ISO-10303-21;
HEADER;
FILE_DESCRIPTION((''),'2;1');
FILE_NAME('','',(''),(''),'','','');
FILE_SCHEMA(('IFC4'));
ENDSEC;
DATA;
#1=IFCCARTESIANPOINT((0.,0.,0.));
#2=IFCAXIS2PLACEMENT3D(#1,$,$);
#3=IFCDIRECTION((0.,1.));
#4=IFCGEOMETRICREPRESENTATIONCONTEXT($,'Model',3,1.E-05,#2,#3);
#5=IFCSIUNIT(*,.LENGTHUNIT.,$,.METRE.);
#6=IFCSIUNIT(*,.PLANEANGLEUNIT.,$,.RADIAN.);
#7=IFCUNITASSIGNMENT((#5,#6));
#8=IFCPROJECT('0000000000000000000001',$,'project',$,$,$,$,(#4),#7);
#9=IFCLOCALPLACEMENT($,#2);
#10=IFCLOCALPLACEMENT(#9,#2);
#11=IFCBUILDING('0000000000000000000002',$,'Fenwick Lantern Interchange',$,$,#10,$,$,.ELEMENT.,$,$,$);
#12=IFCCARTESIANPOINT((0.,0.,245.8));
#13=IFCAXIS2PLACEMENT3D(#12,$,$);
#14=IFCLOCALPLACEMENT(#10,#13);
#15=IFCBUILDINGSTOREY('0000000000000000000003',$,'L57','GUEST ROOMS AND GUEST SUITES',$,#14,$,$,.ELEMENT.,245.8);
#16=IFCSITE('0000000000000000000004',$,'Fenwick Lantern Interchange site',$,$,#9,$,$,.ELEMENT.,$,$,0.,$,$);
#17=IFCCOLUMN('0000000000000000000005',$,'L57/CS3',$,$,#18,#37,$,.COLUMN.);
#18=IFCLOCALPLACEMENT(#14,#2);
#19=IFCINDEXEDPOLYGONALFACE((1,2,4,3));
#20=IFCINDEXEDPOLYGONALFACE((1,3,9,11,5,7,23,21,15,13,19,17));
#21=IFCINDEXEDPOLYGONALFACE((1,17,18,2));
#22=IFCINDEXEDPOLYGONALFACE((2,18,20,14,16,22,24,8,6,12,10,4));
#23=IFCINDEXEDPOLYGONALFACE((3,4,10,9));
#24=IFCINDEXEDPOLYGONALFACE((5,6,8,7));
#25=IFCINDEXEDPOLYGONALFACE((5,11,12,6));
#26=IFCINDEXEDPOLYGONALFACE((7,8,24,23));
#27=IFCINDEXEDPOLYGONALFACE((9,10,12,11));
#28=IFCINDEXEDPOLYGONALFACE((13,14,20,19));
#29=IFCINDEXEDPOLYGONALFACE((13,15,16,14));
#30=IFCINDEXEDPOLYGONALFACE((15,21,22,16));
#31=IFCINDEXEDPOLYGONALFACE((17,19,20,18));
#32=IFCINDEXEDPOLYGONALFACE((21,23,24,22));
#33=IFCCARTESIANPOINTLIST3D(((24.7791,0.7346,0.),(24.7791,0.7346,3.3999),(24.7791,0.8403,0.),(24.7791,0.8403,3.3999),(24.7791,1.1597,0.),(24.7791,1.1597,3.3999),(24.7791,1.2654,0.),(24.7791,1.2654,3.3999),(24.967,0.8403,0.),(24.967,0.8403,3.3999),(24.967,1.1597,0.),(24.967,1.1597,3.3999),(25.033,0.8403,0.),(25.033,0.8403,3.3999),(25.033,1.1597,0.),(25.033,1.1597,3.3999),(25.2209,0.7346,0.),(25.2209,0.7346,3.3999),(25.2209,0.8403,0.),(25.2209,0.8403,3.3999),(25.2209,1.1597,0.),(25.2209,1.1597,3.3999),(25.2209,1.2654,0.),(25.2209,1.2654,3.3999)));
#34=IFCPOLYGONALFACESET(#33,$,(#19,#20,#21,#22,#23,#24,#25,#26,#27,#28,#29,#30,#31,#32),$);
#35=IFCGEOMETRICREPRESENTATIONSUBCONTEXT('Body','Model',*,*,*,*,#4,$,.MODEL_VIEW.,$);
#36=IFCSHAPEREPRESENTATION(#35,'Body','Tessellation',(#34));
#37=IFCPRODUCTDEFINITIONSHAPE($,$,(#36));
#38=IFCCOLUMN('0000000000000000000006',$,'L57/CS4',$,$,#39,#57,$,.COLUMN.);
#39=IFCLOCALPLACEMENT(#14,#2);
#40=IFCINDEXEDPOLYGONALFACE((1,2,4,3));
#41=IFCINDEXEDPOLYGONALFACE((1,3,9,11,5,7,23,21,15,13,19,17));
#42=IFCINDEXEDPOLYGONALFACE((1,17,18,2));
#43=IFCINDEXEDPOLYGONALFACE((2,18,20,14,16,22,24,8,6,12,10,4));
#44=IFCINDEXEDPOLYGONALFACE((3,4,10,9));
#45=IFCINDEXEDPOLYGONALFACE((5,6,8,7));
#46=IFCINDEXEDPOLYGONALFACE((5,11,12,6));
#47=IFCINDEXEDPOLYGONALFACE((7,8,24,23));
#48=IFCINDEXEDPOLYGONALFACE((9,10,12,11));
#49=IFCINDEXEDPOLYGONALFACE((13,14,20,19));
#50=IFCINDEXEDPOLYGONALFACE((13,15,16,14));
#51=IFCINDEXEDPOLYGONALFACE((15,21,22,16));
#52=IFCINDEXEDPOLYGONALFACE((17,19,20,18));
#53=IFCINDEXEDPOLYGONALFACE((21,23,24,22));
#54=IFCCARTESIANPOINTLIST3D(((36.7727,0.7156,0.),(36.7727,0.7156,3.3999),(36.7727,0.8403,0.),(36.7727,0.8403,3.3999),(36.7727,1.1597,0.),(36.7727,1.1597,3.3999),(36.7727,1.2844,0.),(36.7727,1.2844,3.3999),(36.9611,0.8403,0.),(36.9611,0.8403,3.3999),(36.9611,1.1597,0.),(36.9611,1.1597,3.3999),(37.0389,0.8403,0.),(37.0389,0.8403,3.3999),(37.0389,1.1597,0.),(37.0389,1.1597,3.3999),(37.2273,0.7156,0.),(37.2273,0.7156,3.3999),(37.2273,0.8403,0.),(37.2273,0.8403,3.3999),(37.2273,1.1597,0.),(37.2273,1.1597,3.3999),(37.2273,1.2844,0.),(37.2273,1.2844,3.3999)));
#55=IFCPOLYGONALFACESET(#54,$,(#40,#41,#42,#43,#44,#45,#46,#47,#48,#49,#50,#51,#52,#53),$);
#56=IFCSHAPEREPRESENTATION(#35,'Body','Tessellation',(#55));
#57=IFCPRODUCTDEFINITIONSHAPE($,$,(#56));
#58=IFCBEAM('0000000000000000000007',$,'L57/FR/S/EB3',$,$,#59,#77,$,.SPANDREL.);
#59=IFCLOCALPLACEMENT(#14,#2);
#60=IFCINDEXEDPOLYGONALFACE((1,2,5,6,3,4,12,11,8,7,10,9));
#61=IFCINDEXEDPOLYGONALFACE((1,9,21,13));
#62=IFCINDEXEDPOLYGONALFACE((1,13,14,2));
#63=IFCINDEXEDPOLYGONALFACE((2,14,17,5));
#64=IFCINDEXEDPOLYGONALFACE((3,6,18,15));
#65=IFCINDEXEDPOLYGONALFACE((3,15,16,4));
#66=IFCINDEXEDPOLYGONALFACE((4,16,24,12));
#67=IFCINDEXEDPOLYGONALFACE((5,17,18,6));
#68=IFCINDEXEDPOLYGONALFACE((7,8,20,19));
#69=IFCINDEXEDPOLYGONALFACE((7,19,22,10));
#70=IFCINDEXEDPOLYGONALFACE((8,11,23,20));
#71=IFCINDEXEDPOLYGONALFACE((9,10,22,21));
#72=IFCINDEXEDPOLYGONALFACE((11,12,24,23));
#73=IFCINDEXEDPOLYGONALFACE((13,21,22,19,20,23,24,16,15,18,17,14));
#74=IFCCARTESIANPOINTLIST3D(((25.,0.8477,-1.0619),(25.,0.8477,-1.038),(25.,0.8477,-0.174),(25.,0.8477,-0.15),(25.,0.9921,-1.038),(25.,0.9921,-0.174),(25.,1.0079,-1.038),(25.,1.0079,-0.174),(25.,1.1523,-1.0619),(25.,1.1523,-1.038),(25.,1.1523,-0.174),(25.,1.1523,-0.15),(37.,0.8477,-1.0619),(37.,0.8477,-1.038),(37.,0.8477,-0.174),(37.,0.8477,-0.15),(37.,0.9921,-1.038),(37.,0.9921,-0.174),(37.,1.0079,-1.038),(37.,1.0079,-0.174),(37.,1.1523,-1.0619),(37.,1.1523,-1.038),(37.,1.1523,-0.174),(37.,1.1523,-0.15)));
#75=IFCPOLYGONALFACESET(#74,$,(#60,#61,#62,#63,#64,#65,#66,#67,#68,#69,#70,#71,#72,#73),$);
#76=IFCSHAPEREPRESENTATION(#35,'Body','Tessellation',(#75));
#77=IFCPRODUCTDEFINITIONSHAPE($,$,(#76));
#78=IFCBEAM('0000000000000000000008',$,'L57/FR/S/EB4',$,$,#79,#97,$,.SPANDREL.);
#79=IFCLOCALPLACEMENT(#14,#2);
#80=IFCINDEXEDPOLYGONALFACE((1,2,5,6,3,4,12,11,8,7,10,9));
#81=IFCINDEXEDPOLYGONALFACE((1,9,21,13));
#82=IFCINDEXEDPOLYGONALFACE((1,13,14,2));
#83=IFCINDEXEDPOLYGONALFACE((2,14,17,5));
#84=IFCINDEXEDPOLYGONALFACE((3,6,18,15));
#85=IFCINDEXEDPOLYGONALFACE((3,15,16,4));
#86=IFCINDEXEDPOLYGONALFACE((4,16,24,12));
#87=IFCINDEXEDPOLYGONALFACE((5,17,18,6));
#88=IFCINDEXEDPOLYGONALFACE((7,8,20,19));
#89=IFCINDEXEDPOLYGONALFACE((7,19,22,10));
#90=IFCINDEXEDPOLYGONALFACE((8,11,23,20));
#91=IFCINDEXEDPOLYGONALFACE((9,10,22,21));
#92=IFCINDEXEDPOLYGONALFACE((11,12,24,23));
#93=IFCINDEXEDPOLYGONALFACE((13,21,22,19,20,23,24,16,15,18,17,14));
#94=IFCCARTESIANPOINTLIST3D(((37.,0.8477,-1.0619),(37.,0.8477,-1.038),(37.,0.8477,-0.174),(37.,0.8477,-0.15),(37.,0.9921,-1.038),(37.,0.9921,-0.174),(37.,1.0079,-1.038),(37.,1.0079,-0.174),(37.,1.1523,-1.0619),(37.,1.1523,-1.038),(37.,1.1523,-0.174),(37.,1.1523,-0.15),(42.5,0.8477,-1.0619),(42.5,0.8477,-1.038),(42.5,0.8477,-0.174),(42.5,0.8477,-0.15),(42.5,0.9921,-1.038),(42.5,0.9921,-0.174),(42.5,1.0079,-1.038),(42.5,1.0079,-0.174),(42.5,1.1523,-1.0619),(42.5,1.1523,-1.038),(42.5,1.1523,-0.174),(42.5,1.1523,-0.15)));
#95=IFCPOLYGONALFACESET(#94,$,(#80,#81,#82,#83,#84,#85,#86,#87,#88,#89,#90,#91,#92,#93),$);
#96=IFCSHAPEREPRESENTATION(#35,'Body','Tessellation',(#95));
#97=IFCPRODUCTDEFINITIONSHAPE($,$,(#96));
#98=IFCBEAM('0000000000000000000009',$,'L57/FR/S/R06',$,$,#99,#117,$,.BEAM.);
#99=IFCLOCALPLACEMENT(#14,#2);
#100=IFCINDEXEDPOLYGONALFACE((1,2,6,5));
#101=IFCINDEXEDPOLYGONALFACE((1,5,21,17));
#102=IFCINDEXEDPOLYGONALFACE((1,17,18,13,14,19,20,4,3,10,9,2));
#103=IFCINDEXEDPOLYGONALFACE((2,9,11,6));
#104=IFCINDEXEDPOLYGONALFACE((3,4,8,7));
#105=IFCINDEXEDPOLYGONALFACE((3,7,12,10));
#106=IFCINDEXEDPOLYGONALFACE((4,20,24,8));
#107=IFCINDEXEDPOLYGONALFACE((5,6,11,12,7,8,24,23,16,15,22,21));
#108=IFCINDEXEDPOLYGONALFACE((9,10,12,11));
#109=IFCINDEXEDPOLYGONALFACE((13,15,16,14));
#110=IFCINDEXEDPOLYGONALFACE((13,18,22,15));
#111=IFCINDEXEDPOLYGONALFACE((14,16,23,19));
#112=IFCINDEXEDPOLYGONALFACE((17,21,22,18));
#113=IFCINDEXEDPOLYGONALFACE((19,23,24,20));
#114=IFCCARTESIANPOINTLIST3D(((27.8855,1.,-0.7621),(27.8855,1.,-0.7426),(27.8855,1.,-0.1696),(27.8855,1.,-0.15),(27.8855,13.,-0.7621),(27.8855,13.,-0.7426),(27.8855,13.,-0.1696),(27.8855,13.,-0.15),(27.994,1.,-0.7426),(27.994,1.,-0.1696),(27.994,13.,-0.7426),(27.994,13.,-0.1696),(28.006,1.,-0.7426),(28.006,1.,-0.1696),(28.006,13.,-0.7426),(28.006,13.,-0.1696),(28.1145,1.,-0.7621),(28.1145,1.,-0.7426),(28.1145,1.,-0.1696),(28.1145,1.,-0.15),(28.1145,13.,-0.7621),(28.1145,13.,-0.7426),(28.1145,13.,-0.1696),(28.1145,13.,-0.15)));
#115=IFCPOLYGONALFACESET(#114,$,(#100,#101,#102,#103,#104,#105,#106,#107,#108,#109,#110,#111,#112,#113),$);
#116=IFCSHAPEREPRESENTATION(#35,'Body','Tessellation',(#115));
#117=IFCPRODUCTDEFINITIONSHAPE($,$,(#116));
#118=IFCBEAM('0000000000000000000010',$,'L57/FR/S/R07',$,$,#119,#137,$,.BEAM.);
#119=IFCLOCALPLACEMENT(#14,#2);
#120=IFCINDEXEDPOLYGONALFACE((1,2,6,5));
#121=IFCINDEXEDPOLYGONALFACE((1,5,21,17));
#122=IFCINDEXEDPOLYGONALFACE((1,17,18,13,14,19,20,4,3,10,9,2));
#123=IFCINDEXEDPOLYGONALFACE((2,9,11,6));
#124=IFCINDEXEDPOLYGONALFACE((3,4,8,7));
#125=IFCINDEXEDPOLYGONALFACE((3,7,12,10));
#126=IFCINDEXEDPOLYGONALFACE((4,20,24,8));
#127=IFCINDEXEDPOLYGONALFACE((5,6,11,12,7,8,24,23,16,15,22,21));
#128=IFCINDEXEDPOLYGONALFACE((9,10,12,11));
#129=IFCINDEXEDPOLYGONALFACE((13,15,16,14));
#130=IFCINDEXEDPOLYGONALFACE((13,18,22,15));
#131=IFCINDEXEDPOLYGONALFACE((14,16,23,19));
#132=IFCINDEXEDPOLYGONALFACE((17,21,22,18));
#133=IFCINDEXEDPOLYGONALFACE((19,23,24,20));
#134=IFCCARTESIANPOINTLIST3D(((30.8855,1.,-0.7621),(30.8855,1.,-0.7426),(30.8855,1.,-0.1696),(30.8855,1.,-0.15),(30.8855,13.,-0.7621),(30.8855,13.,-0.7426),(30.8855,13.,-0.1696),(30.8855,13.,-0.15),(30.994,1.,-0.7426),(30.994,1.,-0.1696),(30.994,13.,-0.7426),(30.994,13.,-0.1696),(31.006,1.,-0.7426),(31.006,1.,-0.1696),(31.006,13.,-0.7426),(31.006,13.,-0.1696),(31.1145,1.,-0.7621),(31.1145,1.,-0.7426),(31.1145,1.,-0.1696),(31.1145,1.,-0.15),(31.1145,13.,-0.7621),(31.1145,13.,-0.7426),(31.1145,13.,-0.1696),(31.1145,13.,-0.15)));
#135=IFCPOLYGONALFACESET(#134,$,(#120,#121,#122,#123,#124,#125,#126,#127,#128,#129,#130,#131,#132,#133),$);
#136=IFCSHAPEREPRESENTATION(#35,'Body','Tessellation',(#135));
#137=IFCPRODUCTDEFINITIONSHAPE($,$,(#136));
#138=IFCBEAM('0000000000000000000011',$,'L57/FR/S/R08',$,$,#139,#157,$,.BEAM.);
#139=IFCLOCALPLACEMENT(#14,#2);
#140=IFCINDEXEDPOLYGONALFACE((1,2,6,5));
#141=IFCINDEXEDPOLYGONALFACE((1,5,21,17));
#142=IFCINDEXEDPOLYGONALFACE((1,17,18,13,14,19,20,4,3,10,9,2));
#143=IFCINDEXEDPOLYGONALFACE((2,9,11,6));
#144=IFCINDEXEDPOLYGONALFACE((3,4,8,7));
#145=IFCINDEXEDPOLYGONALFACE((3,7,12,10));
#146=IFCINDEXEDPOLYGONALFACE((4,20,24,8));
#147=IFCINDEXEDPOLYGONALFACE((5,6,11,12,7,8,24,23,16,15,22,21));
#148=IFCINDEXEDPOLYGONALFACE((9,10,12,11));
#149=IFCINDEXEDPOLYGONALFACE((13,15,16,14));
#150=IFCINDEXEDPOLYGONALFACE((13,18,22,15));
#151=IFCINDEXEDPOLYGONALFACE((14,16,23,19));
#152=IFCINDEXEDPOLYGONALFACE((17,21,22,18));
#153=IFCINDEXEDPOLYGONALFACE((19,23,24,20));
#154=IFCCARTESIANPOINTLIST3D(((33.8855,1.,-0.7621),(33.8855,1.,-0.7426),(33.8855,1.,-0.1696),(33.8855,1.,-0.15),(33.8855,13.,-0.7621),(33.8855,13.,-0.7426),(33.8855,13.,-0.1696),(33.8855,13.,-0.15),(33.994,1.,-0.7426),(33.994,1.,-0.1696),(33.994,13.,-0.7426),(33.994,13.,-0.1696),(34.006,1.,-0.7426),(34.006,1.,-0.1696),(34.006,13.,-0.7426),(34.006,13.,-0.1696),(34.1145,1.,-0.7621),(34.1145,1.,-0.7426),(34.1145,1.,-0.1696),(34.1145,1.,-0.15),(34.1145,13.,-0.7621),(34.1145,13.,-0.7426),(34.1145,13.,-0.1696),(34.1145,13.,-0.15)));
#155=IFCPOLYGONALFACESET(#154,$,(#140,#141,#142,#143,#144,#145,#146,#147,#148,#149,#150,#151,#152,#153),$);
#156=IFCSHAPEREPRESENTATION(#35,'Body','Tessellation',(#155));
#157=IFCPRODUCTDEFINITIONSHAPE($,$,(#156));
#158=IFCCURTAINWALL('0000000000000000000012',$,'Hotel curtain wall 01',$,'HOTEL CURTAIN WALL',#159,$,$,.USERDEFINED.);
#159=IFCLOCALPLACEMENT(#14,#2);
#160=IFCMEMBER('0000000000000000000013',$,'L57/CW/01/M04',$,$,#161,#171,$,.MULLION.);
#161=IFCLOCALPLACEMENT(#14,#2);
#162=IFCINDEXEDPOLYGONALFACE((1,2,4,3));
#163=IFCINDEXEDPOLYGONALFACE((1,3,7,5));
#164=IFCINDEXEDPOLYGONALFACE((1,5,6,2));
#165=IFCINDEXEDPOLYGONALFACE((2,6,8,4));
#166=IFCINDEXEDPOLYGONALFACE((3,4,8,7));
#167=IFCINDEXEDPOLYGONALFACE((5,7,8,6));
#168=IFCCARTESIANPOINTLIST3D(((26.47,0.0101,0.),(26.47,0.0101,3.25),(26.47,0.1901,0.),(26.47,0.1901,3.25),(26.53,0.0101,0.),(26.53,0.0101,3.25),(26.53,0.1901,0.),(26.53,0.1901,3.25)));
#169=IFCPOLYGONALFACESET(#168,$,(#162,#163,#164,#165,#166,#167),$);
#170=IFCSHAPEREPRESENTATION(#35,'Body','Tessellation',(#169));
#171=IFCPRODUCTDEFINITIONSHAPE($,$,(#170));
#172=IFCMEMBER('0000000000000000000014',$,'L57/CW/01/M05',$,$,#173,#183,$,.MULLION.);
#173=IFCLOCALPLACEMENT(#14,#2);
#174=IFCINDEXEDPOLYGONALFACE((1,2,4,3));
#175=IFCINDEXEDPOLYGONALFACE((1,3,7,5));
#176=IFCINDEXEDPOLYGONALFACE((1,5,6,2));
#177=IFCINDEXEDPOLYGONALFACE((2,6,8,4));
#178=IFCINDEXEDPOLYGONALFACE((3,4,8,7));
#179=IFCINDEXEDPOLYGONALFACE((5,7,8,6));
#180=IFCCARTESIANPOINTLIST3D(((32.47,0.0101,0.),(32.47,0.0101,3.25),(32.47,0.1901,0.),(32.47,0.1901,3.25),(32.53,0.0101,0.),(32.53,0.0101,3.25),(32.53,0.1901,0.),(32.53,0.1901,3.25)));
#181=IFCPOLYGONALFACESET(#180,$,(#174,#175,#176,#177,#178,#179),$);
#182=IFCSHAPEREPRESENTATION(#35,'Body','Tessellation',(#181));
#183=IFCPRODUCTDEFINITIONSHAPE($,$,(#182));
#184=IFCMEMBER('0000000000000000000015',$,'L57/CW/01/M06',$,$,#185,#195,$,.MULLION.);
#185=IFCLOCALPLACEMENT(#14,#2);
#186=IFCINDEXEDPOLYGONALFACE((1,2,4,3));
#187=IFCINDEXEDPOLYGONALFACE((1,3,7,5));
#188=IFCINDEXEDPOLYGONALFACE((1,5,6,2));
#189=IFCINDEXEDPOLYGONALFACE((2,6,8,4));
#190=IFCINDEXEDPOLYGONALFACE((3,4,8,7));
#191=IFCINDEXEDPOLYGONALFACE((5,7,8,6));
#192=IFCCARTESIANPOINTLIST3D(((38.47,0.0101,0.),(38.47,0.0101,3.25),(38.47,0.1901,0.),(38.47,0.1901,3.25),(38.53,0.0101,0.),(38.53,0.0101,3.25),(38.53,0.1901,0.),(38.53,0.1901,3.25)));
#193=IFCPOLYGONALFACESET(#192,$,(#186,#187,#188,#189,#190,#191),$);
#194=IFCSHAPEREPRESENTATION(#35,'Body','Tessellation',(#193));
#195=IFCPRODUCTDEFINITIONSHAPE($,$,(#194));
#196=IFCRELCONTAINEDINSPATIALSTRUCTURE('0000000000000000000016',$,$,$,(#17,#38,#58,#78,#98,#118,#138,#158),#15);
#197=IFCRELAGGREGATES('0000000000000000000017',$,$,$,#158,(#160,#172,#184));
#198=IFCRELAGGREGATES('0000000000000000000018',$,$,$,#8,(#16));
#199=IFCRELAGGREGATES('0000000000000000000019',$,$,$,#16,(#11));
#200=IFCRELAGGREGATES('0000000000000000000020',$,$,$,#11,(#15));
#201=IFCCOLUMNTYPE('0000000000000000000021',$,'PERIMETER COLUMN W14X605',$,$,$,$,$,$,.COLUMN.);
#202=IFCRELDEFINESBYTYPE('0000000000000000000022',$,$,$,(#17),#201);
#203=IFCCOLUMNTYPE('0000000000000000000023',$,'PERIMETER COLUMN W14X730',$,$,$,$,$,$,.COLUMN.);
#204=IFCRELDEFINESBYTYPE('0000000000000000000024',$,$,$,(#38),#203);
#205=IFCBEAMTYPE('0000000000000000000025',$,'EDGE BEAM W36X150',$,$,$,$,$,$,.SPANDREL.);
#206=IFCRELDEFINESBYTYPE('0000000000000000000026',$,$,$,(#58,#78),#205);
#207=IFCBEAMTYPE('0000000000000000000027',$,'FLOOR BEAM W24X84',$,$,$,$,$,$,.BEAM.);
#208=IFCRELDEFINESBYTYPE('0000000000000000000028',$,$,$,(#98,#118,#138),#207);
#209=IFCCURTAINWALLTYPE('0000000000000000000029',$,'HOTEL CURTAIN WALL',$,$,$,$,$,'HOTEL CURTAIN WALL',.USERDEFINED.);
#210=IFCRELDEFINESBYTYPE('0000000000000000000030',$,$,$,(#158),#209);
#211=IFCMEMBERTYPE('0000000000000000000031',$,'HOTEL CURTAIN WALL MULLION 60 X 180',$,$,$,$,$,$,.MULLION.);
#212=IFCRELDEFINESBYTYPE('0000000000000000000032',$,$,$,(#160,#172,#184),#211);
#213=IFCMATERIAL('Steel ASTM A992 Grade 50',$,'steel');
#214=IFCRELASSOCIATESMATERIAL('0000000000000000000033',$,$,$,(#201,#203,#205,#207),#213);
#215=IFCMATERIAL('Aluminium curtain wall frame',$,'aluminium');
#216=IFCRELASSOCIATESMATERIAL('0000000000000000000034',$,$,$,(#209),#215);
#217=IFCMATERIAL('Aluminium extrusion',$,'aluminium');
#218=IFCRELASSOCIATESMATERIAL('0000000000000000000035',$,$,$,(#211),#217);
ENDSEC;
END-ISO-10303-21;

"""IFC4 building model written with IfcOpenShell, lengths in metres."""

from ifc_helpers import new_model, si_unit, direction, frame, origin, origin_2d, place, context, subcontext, project, spatial, rectangle, i_section, extrude, material, material_profile, profile_set, type_object, element, aggregate, save


model = new_model("IFC4")

# Units and contexts
model_context = context("Model", 3, precision=1e-05, world=origin(), true_north=direction((0.0, 1.0)))
body_context = subcontext(model_context, "Body", "Model", "MODEL_VIEW")
ifc_project = project(units=[si_unit("LENGTHUNIT", "METRE"), si_unit("PLANEANGLEUNIT", "RADIAN")], contexts=[model_context])

# Site, building, storey
site_placement = place(None, origin())
site = spatial("IfcSite", under=ifc_project, at=site_placement, Name="Fenwick Lantern Interchange site", CompositionType="ELEMENT", RefElevation=0.0)
building_placement = place(site_placement, origin())
building = spatial("IfcBuilding", under=site, at=building_placement, Name="Fenwick Lantern Interchange", CompositionType="ELEMENT")
storey_placement = place(building_placement, frame((0.0, 0.0, 245.8)))
storey = spatial("IfcBuildingStorey", under=building, at=storey_placement, Name="L57", Description="GUEST ROOMS AND GUEST SUITES", CompositionType="ELEMENT", Elevation=245.8)

# Columns
ifc_material_1 = material(Name="Steel ASTM A992 Grade 50", Category="steel")
ifc_material_profile_1 = material_profile(ifc_material_1, i_section(OverallWidth=0.4419, OverallDepth=0.5308, WebThickness=0.0659, FlangeThickness=0.1057, at=origin_2d()), Name="W14X605")
ifc_profile_set_1 = profile_set([ifc_material_profile_1], Name="Steel ASTM A992 Grade 50")
column_type_1 = type_object("IfcColumnType", Name="PERIMETER COLUMN W14X605", PredefinedType="COLUMN", material=ifc_profile_set_1)
column_1_placement = place(storey_placement, frame((25.0, 1.0, 0.0), z_axis=(0.0, 0.0, 1.0), x_axis=(1.0, 0.0, 0.0)))
element("IfcColumn", 1, at=column_1_placement, inside=storey, type_object=column_type_1, Name="L57/CS3", PredefinedType="COLUMN", context=body_context, shape_type="SweptSolid", body=[
    extrude(i_section(OverallWidth=0.4419, OverallDepth=0.5308, WebThickness=0.0659, FlangeThickness=0.1057, at=origin_2d()), origin(), (0.0, 0.0, 1.0), 3.3999),
])
ifc_material_profile_2 = material_profile(ifc_material_1, i_section(OverallWidth=0.4546, OverallDepth=0.5688, WebThickness=0.0779, FlangeThickness=0.1248, at=origin_2d()), Name="W14X730")
ifc_profile_set_2 = profile_set([ifc_material_profile_2], Name="Steel ASTM A992 Grade 50")
column_type_2 = type_object("IfcColumnType", Name="PERIMETER COLUMN W14X730", PredefinedType="COLUMN", material=ifc_profile_set_2)
column_2_placement = place(storey_placement, frame((37.0, 1.0, 0.0), z_axis=(0.0, 0.0, 1.0), x_axis=(1.0, 0.0, 0.0)))
element("IfcColumn", 2, at=column_2_placement, inside=storey, type_object=column_type_2, Name="L57/CS4", PredefinedType="COLUMN", context=body_context, shape_type="SweptSolid", body=[
    extrude(i_section(OverallWidth=0.4546, OverallDepth=0.5688, WebThickness=0.0779, FlangeThickness=0.1248, at=origin_2d()), origin(), (0.0, 0.0, 1.0), 3.3999),
])

# Beams
ifc_material_profile_3 = material_profile(ifc_material_1, i_section(OverallWidth=0.3047, OverallDepth=0.9119, WebThickness=0.0159, FlangeThickness=0.0239, at=origin_2d()), Name="W36X150")
ifc_profile_set_3 = profile_set([ifc_material_profile_3], Name="Steel ASTM A992 Grade 50")
beam_type_1 = type_object("IfcBeamType", Name="EDGE BEAM W36X150", PredefinedType="SPANDREL", material=ifc_profile_set_3)
beam_1_placement = place(storey_placement, frame((25.0, 1.0, -0.606), z_axis=(1.0, 0.0, 0.0), x_axis=(0.0, 1.0, 0.0)))
element("IfcBeam", 3, at=beam_1_placement, inside=storey, type_object=beam_type_1, Name="L57/FR/S/EB3", PredefinedType="SPANDREL", context=body_context, shape_type="SweptSolid", body=[
    extrude(i_section(OverallWidth=0.3047, OverallDepth=0.9119, WebThickness=0.0159, FlangeThickness=0.0239, at=origin_2d()), origin(), (0.0, 0.0, 1.0), 12.0),
])
beam_2_placement = place(storey_placement, frame((37.0, 1.0, -0.606), z_axis=(1.0, 0.0, 0.0), x_axis=(0.0, 1.0, 0.0)))
element("IfcBeam", 4, at=beam_2_placement, inside=storey, type_object=beam_type_1, Name="L57/FR/S/EB4", PredefinedType="SPANDREL", context=body_context, shape_type="SweptSolid", body=[
    extrude(i_section(OverallWidth=0.3047, OverallDepth=0.9119, WebThickness=0.0159, FlangeThickness=0.0239, at=origin_2d()), origin(), (0.0, 0.0, 1.0), 5.5),
])
ifc_material_profile_4 = material_profile(ifc_material_1, i_section(OverallWidth=0.229, OverallDepth=0.6121, WebThickness=0.012, FlangeThickness=0.0195, at=origin_2d()), Name="W24X84")
ifc_profile_set_4 = profile_set([ifc_material_profile_4], Name="Steel ASTM A992 Grade 50")
beam_type_2 = type_object("IfcBeamType", Name="FLOOR BEAM W24X84", PredefinedType="BEAM", material=ifc_profile_set_4)
for number, where, z_axis, x_axis, name in (
    (5, (28.0, 1.0, -0.4561), (0.0, 1.0, 0.0), (-1.0, 0.0, 0.0), "L57/FR/S/R06"),
    (6, (31.0, 1.0, -0.4561), (0.0, 1.0, 0.0), (-1.0, 0.0, 0.0), "L57/FR/S/R07"),
    (7, (34.0, 1.0, -0.4561), (0.0, 1.0, 0.0), (-1.0, 0.0, 0.0), "L57/FR/S/R08"),
):
    element("IfcBeam", number, at=place(storey_placement, frame(where, z_axis=z_axis, x_axis=x_axis)), inside=storey, type_object=beam_type_2, Name=name, PredefinedType="BEAM", context=body_context, shape_type="SweptSolid", body=[
        extrude(i_section(OverallWidth=0.229, OverallDepth=0.6121, WebThickness=0.012, FlangeThickness=0.0195, at=origin_2d()), origin(), (0.0, 0.0, 1.0), 12.0),
    ])

# Curtain wall, members
ifc_material_2 = material(Name="Aluminium curtain wall frame", Category="aluminium")
curtain_wall_type = type_object("IfcCurtainWallType", Name="HOTEL CURTAIN WALL", ElementType="HOTEL CURTAIN WALL", PredefinedType="USERDEFINED", material=ifc_material_2)
curtain_wall_placement = place(storey_placement, origin())
curtain_wall = element("IfcCurtainWall", 8, at=curtain_wall_placement, inside=storey, type_object=curtain_wall_type, Name="Hotel curtain wall 01", ObjectType="HOTEL CURTAIN WALL", PredefinedType="USERDEFINED")
ifc_material_3 = material(Name="Aluminium extrusion", Category="aluminium")
ifc_material_profile_5 = material_profile(ifc_material_3, rectangle(XDim=0.1799, YDim=0.0601, at=origin_2d()), Name="HOTEL CURTAIN WALL MULLION 60 X 180")
ifc_profile_set_5 = profile_set([ifc_material_profile_5], Name="Aluminium extrusion")
member_type_1 = type_object("IfcMemberType", Name="HOTEL CURTAIN WALL MULLION 60 X 180", PredefinedType="MULLION", material=ifc_profile_set_5)
member_1_placement = place(storey_placement, frame((26.5, 0.1001, 0.0), z_axis=(0.0, 0.0, 1.0), x_axis=(0.0, 1.0, 0.0)))
member_1 = element("IfcMember", 9, at=member_1_placement, type_object=member_type_1, Name="L57/CW/01/M04", PredefinedType="MULLION", context=body_context, shape_type="SweptSolid", body=[
    extrude(rectangle(XDim=0.1799, YDim=0.0601, at=origin_2d()), origin(), (0.0, 0.0, 1.0), 3.25),
])
member_2_placement = place(storey_placement, frame((32.5, 0.1001, 0.0), z_axis=(0.0, 0.0, 1.0), x_axis=(0.0, 1.0, 0.0)))
member_2 = element("IfcMember", 10, at=member_2_placement, type_object=member_type_1, Name="L57/CW/01/M05", PredefinedType="MULLION", context=body_context, shape_type="SweptSolid", body=[
    extrude(rectangle(XDim=0.1799, YDim=0.0601, at=origin_2d()), origin(), (0.0, 0.0, 1.0), 3.25),
])
member_3_placement = place(storey_placement, frame((38.5, 0.1001, 0.0), z_axis=(0.0, 0.0, 1.0), x_axis=(0.0, 1.0, 0.0)))
member_3 = element("IfcMember", 11, at=member_3_placement, type_object=member_type_1, Name="L57/CW/01/M06", PredefinedType="MULLION", context=body_context, shape_type="SweptSolid", body=[
    extrude(rectangle(XDim=0.1799, YDim=0.0601, at=origin_2d()), origin(), (0.0, 0.0, 1.0), 3.25),
])
aggregate(curtain_wall, [member_1, member_2, member_3])

save(model, "model.ifc")
